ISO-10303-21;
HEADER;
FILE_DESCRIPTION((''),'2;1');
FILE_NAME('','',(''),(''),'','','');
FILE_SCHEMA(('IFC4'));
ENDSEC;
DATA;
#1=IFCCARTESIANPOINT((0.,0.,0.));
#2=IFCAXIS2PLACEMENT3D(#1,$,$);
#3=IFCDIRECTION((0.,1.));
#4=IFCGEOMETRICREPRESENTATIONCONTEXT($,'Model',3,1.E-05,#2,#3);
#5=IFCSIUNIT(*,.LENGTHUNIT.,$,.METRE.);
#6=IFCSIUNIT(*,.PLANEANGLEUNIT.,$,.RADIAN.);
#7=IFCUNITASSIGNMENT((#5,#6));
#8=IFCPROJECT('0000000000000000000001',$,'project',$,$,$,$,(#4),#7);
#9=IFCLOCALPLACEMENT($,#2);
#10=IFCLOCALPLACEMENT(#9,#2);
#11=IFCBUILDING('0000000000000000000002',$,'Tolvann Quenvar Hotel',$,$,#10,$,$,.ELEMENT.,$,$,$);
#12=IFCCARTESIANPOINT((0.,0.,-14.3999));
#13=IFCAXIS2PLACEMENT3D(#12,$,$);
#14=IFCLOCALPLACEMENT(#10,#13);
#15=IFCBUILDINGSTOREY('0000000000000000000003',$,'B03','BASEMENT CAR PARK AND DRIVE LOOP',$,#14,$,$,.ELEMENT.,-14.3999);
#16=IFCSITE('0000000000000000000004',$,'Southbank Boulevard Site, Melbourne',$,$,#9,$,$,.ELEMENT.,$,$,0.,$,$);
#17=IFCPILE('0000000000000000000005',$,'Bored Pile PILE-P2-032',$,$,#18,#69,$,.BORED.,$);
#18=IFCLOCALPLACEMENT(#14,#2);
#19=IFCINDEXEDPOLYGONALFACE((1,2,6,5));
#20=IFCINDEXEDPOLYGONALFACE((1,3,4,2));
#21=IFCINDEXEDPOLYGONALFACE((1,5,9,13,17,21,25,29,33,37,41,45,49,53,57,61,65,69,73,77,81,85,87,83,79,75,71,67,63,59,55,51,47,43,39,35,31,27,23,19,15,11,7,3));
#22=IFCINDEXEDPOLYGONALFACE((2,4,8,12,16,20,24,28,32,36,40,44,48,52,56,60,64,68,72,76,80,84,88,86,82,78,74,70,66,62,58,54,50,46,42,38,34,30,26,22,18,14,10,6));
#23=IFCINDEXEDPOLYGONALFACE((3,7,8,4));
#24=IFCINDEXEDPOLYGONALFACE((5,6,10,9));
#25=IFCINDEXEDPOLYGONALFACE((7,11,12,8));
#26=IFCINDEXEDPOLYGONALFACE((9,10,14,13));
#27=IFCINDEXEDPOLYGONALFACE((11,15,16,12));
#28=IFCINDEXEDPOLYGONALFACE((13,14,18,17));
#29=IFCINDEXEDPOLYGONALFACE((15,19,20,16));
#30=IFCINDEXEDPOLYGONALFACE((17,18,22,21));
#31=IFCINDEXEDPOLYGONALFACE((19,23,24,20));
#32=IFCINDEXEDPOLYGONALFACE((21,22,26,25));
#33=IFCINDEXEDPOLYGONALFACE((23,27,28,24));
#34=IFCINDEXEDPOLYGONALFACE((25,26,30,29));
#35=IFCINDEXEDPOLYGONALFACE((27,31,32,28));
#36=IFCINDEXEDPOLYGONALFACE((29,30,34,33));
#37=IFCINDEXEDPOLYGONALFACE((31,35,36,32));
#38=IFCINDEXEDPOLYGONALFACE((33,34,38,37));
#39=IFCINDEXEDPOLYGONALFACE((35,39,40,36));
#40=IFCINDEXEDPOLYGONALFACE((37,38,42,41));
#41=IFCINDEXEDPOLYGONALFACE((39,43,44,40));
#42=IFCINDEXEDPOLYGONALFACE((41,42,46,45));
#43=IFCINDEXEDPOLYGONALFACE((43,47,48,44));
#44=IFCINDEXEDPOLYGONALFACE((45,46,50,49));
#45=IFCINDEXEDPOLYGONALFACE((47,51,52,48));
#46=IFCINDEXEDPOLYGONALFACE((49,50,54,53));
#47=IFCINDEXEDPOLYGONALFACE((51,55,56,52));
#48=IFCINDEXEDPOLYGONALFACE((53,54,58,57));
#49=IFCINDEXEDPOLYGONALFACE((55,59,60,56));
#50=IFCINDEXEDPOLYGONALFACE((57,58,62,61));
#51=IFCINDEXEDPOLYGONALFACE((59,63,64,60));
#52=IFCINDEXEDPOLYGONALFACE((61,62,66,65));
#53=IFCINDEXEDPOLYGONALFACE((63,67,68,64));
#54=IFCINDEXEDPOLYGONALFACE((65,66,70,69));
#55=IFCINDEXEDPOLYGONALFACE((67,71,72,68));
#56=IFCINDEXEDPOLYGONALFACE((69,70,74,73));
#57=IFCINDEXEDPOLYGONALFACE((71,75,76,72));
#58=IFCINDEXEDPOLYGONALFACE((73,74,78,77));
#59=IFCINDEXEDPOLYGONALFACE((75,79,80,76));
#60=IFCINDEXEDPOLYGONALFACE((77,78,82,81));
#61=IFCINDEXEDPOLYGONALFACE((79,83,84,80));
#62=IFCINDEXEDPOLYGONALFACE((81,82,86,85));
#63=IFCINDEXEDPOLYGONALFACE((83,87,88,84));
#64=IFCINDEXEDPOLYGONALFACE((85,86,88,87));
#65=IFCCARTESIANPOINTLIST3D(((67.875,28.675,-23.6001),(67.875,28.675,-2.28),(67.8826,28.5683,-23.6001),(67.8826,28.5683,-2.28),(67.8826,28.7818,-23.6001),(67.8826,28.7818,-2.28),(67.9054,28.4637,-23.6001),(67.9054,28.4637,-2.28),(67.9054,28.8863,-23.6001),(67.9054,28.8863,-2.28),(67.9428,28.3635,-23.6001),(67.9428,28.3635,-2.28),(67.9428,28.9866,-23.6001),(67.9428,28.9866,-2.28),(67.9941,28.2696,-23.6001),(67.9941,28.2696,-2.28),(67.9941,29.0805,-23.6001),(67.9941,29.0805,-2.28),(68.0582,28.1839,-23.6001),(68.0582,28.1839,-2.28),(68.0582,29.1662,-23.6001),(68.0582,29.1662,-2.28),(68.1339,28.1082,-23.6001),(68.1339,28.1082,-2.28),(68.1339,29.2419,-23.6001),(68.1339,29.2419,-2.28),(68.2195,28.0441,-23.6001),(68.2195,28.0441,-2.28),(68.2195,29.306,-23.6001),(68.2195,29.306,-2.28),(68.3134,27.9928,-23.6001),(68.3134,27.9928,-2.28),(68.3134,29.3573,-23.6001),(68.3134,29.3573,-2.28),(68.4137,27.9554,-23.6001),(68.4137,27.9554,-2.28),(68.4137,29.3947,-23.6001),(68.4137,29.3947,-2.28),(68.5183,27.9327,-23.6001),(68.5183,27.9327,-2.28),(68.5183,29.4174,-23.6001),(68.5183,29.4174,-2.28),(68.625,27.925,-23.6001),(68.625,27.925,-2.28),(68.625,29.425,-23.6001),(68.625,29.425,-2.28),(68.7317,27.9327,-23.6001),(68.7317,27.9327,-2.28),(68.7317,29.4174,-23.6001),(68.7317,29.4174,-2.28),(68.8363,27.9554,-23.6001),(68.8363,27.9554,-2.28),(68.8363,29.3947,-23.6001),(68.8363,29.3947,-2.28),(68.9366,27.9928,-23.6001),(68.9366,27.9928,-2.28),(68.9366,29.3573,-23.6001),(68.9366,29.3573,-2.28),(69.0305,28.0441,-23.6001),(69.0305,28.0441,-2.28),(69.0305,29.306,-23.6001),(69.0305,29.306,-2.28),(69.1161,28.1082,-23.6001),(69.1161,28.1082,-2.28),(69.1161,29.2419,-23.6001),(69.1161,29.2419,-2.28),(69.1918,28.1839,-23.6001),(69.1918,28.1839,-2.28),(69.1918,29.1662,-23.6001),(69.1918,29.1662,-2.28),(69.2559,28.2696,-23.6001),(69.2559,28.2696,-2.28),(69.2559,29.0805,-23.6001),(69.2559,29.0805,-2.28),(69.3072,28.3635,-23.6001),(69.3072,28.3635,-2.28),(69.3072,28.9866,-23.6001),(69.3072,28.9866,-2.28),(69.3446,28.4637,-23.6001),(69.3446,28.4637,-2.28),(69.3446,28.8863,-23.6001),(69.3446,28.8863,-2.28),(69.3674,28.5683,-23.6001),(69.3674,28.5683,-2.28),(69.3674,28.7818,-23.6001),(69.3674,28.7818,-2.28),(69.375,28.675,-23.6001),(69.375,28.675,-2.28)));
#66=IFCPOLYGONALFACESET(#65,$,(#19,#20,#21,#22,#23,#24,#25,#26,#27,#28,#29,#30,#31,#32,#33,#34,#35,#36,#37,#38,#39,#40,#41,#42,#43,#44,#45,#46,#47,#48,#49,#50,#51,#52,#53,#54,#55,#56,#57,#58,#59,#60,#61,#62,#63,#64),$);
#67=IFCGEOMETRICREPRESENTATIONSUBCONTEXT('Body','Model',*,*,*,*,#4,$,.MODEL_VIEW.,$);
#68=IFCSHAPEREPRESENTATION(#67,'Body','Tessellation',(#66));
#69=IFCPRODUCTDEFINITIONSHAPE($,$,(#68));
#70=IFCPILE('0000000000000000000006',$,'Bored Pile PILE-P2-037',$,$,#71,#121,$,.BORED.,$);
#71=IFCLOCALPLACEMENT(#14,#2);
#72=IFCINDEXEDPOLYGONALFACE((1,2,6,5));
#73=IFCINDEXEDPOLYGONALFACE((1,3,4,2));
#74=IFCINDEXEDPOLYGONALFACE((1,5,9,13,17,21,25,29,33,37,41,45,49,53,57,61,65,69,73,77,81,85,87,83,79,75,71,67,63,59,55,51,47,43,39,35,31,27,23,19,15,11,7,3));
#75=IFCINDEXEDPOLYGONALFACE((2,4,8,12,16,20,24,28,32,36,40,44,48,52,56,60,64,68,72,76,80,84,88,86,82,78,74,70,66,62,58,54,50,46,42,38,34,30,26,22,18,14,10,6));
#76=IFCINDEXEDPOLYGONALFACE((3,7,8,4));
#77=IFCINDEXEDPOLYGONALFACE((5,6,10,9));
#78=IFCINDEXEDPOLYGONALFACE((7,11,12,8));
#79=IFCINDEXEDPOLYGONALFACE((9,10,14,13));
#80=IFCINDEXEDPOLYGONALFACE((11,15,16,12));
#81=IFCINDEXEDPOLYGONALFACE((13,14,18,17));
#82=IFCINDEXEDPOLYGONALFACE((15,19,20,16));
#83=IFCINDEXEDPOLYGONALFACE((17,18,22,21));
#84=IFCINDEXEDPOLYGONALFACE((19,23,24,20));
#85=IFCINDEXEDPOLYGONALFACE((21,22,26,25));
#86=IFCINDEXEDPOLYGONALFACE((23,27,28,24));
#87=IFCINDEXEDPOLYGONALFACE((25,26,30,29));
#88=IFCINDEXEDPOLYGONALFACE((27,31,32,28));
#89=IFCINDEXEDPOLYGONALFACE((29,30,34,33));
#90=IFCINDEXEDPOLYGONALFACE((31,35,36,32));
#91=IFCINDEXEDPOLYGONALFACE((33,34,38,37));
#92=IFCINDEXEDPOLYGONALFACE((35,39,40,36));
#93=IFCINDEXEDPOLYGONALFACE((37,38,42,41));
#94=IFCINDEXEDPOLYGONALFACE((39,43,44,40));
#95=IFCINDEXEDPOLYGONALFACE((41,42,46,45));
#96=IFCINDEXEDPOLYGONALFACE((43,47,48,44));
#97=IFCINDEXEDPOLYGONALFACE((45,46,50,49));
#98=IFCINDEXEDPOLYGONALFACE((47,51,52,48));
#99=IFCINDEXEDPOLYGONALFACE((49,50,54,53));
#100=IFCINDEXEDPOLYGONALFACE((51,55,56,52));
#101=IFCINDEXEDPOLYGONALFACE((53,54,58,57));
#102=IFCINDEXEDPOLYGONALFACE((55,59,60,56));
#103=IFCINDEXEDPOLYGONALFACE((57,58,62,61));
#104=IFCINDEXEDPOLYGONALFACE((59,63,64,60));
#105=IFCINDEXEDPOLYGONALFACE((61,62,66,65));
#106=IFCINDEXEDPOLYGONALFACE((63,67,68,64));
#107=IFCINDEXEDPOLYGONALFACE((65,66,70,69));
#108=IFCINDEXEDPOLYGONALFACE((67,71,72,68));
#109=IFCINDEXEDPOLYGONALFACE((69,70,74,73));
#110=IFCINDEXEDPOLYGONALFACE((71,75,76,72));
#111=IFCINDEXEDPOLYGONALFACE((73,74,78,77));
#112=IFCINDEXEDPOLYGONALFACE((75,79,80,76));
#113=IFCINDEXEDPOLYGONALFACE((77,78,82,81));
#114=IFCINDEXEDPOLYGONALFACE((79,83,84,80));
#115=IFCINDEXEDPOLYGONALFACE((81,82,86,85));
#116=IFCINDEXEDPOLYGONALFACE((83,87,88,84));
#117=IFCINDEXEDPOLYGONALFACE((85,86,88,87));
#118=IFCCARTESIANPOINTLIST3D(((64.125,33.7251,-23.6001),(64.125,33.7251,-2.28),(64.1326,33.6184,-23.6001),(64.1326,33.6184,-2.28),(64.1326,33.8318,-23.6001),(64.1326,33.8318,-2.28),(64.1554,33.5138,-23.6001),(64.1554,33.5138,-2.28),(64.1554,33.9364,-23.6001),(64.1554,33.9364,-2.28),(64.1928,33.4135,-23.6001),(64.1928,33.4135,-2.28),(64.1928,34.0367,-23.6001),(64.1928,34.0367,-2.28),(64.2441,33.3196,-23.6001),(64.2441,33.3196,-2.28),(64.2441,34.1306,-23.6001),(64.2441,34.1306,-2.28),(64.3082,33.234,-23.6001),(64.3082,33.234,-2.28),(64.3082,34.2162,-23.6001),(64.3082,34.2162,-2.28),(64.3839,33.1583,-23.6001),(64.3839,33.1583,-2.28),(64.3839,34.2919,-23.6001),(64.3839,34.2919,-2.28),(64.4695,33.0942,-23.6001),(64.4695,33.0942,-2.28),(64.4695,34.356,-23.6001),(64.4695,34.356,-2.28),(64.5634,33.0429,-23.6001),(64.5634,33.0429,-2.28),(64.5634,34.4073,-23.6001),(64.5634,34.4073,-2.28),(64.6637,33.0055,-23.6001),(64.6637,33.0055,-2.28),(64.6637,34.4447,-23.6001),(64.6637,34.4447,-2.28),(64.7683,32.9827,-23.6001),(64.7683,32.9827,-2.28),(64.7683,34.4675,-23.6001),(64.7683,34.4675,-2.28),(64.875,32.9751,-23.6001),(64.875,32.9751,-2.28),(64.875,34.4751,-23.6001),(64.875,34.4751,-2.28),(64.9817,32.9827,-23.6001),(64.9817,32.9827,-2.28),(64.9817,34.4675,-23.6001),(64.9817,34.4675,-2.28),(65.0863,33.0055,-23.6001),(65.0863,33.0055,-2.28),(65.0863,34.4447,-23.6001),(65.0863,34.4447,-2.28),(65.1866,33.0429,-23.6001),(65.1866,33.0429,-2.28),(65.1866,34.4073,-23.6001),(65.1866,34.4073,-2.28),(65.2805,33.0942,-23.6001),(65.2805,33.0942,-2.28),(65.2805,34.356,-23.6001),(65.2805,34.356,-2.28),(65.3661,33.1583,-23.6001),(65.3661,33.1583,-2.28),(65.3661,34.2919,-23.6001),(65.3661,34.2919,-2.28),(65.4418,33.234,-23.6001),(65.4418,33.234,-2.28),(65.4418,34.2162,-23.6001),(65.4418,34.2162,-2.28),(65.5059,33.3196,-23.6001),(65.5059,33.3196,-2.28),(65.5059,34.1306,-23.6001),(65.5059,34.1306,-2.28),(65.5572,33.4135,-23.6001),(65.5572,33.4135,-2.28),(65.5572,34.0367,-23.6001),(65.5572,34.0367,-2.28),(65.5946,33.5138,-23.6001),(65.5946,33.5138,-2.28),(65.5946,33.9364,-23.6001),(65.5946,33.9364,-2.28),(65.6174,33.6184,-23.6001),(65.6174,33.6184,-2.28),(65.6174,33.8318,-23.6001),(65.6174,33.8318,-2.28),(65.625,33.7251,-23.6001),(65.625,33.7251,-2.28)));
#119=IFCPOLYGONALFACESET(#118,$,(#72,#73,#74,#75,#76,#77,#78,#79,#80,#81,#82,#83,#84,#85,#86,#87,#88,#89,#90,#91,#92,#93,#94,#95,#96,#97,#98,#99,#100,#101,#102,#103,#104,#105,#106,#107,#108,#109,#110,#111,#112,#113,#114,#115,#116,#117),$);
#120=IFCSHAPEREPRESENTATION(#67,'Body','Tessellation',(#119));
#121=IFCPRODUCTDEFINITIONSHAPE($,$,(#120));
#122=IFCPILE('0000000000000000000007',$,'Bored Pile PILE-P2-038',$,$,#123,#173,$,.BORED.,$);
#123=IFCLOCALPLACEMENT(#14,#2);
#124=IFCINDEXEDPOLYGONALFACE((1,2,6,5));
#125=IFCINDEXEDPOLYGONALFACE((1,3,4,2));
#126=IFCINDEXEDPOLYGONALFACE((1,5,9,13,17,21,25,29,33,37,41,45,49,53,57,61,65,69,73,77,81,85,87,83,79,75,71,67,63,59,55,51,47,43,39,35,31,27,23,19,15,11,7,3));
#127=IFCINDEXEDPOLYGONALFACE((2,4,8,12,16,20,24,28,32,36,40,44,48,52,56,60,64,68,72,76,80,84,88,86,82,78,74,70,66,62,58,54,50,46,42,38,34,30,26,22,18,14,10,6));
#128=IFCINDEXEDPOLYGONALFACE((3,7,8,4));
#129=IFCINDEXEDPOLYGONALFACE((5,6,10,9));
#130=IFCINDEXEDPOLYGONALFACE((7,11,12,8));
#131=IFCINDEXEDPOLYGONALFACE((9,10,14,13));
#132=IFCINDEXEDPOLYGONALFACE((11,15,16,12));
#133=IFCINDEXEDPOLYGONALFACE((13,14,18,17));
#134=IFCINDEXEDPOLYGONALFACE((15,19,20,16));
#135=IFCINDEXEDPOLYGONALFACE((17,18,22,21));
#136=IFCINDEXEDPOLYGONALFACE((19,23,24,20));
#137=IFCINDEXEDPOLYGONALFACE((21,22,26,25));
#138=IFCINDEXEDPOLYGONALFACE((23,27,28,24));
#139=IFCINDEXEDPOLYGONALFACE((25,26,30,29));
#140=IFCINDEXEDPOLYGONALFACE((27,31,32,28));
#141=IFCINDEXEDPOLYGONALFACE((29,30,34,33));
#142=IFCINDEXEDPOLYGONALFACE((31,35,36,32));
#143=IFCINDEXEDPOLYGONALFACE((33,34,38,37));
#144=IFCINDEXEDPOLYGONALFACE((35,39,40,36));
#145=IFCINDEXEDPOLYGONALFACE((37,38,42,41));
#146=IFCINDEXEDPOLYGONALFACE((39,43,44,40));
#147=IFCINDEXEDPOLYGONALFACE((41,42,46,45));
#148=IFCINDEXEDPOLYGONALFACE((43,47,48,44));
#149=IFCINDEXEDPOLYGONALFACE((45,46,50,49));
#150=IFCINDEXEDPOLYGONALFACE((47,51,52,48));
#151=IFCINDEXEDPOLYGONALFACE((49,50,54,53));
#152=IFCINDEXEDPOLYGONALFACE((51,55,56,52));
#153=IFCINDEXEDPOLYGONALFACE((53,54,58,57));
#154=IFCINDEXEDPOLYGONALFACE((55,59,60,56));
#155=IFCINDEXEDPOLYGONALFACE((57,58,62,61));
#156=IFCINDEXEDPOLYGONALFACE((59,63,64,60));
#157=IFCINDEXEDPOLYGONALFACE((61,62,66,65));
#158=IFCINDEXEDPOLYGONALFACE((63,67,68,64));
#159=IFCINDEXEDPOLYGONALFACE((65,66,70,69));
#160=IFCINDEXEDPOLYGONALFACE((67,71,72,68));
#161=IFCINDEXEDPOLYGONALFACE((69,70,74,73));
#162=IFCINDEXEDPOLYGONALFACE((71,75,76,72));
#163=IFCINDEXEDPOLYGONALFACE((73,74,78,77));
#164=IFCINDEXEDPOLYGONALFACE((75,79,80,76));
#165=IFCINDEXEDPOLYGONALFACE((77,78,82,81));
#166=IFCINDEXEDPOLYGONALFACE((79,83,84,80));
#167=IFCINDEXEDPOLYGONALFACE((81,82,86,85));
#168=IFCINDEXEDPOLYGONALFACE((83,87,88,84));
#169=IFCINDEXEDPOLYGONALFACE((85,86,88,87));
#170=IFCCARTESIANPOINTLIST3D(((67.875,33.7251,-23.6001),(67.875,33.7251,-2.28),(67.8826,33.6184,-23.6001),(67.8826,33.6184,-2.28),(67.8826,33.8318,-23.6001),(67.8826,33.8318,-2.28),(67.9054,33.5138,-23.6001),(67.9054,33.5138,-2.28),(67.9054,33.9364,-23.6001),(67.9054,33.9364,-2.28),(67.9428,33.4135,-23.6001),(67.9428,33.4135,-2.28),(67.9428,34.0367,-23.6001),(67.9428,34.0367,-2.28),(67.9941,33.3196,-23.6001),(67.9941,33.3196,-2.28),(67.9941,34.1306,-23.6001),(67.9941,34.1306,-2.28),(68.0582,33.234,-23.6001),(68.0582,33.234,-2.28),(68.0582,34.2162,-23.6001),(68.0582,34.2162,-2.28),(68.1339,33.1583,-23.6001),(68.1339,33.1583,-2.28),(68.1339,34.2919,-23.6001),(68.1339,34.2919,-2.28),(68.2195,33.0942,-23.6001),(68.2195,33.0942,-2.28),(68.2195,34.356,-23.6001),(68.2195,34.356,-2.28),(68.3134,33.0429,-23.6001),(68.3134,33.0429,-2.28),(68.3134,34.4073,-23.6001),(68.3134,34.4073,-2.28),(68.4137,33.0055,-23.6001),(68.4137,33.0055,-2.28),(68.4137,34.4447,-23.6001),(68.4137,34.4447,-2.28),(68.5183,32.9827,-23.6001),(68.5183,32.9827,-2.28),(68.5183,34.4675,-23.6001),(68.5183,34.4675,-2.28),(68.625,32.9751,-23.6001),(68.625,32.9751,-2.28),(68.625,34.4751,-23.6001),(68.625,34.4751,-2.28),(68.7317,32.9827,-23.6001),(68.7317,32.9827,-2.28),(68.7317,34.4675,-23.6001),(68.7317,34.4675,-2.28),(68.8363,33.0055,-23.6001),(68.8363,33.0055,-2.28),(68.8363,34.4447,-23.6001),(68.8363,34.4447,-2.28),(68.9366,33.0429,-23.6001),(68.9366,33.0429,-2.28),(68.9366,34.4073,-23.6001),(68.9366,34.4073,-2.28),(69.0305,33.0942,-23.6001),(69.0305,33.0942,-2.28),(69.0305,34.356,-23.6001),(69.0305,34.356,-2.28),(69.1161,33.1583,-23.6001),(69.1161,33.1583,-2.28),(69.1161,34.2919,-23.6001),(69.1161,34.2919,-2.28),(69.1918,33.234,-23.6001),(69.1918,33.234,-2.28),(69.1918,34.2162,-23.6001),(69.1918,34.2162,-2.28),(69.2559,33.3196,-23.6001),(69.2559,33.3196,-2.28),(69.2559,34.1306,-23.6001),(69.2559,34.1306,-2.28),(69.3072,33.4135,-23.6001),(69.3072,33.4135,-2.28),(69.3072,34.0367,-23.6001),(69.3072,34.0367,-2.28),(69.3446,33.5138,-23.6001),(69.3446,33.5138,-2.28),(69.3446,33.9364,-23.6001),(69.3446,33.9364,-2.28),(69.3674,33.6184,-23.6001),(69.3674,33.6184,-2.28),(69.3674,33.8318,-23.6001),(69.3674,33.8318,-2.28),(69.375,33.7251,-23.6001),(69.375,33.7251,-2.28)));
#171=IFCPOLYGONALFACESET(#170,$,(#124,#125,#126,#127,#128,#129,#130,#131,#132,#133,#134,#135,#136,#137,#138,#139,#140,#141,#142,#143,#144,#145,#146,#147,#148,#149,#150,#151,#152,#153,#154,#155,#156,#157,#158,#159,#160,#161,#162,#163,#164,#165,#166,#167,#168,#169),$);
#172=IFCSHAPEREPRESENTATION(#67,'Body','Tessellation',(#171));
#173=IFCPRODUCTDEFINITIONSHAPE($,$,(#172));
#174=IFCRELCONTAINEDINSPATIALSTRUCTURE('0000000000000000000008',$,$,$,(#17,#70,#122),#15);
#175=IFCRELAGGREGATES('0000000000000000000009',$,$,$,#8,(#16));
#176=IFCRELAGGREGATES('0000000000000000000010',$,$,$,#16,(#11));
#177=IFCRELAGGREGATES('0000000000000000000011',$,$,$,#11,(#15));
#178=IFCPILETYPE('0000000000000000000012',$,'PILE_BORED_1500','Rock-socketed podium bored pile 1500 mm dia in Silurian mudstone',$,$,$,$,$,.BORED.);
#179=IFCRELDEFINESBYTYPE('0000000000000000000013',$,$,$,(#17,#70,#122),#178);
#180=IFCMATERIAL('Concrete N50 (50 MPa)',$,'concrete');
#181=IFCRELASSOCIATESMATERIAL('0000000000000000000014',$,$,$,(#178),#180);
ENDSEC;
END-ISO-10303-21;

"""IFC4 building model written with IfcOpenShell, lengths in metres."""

from ifc_helpers import new_model, si_unit, direction, frame, origin, origin_2d, place, context, subcontext, project, spatial, circle, extrude, material, material_profile, profile_set, type_object, element, save


model = new_model("IFC4")

# Units and contexts
model_context = context("Model", 3, precision=1e-05, world=origin(), true_north=direction((0.0, 1.0)))
body_context = subcontext(model_context, "Body", "Model", "MODEL_VIEW")
ifc_project = project(units=[si_unit("LENGTHUNIT", "METRE"), si_unit("PLANEANGLEUNIT", "RADIAN")], contexts=[model_context])

# Site, building, storey
site_placement = place(None, origin())
site = spatial("IfcSite", under=ifc_project, at=site_placement, Name="Southbank Boulevard Site, Melbourne", CompositionType="ELEMENT", RefElevation=0.0)
building_placement = place(site_placement, origin())
building = spatial("IfcBuilding", under=site, at=building_placement, Name="Tolvann Quenvar Hotel", CompositionType="ELEMENT")
storey_placement = place(building_placement, frame((0.0, 0.0, -14.3999)))
storey = spatial("IfcBuildingStorey", under=building, at=storey_placement, Name="B03", Description="BASEMENT CAR PARK AND DRIVE LOOP", CompositionType="ELEMENT", Elevation=-14.3999)

# Piles
ifc_material_1 = material(Name="Concrete N50 (50 MPa)", Category="concrete")
ifc_material_profile_1 = material_profile(ifc_material_1, circle(Radius=0.75, at=origin_2d()), Name="PILE1500")
ifc_profile_set_1 = profile_set([ifc_material_profile_1], Name="Concrete N50 (50 MPa)")
pile_type_1 = type_object("IfcPileType", Name="PILE_BORED_1500", Description="Rock-socketed podium bored pile 1500 mm dia in Silurian mudstone", PredefinedType="BORED", material=ifc_profile_set_1)
for number, where, z_axis, x_axis, name in (
    (1, (68.625, 28.675, -2.28), (0.0, 0.0, -1.0), (1.0, 0.0, 0.0), "Bored Pile PILE-P2-032"),
    (2, (64.875, 33.7251, -2.28), (0.0, 0.0, -1.0), (1.0, 0.0, 0.0), "Bored Pile PILE-P2-037"),
    (3, (68.625, 33.7251, -2.28), (0.0, 0.0, -1.0), (1.0, 0.0, 0.0), "Bored Pile PILE-P2-038"),
):
    element("IfcPile", number, at=place(storey_placement, frame(where, z_axis=z_axis, x_axis=x_axis)), inside=storey, type_object=pile_type_1, Name=name, PredefinedType="BORED", context=body_context, shape_type="SweptSolid", body=[
        extrude(circle(Radius=0.75, at=origin_2d()), origin(), (0.0, 0.0, 1.0), 21.3201),
    ])

save(model, "model.ifc")
